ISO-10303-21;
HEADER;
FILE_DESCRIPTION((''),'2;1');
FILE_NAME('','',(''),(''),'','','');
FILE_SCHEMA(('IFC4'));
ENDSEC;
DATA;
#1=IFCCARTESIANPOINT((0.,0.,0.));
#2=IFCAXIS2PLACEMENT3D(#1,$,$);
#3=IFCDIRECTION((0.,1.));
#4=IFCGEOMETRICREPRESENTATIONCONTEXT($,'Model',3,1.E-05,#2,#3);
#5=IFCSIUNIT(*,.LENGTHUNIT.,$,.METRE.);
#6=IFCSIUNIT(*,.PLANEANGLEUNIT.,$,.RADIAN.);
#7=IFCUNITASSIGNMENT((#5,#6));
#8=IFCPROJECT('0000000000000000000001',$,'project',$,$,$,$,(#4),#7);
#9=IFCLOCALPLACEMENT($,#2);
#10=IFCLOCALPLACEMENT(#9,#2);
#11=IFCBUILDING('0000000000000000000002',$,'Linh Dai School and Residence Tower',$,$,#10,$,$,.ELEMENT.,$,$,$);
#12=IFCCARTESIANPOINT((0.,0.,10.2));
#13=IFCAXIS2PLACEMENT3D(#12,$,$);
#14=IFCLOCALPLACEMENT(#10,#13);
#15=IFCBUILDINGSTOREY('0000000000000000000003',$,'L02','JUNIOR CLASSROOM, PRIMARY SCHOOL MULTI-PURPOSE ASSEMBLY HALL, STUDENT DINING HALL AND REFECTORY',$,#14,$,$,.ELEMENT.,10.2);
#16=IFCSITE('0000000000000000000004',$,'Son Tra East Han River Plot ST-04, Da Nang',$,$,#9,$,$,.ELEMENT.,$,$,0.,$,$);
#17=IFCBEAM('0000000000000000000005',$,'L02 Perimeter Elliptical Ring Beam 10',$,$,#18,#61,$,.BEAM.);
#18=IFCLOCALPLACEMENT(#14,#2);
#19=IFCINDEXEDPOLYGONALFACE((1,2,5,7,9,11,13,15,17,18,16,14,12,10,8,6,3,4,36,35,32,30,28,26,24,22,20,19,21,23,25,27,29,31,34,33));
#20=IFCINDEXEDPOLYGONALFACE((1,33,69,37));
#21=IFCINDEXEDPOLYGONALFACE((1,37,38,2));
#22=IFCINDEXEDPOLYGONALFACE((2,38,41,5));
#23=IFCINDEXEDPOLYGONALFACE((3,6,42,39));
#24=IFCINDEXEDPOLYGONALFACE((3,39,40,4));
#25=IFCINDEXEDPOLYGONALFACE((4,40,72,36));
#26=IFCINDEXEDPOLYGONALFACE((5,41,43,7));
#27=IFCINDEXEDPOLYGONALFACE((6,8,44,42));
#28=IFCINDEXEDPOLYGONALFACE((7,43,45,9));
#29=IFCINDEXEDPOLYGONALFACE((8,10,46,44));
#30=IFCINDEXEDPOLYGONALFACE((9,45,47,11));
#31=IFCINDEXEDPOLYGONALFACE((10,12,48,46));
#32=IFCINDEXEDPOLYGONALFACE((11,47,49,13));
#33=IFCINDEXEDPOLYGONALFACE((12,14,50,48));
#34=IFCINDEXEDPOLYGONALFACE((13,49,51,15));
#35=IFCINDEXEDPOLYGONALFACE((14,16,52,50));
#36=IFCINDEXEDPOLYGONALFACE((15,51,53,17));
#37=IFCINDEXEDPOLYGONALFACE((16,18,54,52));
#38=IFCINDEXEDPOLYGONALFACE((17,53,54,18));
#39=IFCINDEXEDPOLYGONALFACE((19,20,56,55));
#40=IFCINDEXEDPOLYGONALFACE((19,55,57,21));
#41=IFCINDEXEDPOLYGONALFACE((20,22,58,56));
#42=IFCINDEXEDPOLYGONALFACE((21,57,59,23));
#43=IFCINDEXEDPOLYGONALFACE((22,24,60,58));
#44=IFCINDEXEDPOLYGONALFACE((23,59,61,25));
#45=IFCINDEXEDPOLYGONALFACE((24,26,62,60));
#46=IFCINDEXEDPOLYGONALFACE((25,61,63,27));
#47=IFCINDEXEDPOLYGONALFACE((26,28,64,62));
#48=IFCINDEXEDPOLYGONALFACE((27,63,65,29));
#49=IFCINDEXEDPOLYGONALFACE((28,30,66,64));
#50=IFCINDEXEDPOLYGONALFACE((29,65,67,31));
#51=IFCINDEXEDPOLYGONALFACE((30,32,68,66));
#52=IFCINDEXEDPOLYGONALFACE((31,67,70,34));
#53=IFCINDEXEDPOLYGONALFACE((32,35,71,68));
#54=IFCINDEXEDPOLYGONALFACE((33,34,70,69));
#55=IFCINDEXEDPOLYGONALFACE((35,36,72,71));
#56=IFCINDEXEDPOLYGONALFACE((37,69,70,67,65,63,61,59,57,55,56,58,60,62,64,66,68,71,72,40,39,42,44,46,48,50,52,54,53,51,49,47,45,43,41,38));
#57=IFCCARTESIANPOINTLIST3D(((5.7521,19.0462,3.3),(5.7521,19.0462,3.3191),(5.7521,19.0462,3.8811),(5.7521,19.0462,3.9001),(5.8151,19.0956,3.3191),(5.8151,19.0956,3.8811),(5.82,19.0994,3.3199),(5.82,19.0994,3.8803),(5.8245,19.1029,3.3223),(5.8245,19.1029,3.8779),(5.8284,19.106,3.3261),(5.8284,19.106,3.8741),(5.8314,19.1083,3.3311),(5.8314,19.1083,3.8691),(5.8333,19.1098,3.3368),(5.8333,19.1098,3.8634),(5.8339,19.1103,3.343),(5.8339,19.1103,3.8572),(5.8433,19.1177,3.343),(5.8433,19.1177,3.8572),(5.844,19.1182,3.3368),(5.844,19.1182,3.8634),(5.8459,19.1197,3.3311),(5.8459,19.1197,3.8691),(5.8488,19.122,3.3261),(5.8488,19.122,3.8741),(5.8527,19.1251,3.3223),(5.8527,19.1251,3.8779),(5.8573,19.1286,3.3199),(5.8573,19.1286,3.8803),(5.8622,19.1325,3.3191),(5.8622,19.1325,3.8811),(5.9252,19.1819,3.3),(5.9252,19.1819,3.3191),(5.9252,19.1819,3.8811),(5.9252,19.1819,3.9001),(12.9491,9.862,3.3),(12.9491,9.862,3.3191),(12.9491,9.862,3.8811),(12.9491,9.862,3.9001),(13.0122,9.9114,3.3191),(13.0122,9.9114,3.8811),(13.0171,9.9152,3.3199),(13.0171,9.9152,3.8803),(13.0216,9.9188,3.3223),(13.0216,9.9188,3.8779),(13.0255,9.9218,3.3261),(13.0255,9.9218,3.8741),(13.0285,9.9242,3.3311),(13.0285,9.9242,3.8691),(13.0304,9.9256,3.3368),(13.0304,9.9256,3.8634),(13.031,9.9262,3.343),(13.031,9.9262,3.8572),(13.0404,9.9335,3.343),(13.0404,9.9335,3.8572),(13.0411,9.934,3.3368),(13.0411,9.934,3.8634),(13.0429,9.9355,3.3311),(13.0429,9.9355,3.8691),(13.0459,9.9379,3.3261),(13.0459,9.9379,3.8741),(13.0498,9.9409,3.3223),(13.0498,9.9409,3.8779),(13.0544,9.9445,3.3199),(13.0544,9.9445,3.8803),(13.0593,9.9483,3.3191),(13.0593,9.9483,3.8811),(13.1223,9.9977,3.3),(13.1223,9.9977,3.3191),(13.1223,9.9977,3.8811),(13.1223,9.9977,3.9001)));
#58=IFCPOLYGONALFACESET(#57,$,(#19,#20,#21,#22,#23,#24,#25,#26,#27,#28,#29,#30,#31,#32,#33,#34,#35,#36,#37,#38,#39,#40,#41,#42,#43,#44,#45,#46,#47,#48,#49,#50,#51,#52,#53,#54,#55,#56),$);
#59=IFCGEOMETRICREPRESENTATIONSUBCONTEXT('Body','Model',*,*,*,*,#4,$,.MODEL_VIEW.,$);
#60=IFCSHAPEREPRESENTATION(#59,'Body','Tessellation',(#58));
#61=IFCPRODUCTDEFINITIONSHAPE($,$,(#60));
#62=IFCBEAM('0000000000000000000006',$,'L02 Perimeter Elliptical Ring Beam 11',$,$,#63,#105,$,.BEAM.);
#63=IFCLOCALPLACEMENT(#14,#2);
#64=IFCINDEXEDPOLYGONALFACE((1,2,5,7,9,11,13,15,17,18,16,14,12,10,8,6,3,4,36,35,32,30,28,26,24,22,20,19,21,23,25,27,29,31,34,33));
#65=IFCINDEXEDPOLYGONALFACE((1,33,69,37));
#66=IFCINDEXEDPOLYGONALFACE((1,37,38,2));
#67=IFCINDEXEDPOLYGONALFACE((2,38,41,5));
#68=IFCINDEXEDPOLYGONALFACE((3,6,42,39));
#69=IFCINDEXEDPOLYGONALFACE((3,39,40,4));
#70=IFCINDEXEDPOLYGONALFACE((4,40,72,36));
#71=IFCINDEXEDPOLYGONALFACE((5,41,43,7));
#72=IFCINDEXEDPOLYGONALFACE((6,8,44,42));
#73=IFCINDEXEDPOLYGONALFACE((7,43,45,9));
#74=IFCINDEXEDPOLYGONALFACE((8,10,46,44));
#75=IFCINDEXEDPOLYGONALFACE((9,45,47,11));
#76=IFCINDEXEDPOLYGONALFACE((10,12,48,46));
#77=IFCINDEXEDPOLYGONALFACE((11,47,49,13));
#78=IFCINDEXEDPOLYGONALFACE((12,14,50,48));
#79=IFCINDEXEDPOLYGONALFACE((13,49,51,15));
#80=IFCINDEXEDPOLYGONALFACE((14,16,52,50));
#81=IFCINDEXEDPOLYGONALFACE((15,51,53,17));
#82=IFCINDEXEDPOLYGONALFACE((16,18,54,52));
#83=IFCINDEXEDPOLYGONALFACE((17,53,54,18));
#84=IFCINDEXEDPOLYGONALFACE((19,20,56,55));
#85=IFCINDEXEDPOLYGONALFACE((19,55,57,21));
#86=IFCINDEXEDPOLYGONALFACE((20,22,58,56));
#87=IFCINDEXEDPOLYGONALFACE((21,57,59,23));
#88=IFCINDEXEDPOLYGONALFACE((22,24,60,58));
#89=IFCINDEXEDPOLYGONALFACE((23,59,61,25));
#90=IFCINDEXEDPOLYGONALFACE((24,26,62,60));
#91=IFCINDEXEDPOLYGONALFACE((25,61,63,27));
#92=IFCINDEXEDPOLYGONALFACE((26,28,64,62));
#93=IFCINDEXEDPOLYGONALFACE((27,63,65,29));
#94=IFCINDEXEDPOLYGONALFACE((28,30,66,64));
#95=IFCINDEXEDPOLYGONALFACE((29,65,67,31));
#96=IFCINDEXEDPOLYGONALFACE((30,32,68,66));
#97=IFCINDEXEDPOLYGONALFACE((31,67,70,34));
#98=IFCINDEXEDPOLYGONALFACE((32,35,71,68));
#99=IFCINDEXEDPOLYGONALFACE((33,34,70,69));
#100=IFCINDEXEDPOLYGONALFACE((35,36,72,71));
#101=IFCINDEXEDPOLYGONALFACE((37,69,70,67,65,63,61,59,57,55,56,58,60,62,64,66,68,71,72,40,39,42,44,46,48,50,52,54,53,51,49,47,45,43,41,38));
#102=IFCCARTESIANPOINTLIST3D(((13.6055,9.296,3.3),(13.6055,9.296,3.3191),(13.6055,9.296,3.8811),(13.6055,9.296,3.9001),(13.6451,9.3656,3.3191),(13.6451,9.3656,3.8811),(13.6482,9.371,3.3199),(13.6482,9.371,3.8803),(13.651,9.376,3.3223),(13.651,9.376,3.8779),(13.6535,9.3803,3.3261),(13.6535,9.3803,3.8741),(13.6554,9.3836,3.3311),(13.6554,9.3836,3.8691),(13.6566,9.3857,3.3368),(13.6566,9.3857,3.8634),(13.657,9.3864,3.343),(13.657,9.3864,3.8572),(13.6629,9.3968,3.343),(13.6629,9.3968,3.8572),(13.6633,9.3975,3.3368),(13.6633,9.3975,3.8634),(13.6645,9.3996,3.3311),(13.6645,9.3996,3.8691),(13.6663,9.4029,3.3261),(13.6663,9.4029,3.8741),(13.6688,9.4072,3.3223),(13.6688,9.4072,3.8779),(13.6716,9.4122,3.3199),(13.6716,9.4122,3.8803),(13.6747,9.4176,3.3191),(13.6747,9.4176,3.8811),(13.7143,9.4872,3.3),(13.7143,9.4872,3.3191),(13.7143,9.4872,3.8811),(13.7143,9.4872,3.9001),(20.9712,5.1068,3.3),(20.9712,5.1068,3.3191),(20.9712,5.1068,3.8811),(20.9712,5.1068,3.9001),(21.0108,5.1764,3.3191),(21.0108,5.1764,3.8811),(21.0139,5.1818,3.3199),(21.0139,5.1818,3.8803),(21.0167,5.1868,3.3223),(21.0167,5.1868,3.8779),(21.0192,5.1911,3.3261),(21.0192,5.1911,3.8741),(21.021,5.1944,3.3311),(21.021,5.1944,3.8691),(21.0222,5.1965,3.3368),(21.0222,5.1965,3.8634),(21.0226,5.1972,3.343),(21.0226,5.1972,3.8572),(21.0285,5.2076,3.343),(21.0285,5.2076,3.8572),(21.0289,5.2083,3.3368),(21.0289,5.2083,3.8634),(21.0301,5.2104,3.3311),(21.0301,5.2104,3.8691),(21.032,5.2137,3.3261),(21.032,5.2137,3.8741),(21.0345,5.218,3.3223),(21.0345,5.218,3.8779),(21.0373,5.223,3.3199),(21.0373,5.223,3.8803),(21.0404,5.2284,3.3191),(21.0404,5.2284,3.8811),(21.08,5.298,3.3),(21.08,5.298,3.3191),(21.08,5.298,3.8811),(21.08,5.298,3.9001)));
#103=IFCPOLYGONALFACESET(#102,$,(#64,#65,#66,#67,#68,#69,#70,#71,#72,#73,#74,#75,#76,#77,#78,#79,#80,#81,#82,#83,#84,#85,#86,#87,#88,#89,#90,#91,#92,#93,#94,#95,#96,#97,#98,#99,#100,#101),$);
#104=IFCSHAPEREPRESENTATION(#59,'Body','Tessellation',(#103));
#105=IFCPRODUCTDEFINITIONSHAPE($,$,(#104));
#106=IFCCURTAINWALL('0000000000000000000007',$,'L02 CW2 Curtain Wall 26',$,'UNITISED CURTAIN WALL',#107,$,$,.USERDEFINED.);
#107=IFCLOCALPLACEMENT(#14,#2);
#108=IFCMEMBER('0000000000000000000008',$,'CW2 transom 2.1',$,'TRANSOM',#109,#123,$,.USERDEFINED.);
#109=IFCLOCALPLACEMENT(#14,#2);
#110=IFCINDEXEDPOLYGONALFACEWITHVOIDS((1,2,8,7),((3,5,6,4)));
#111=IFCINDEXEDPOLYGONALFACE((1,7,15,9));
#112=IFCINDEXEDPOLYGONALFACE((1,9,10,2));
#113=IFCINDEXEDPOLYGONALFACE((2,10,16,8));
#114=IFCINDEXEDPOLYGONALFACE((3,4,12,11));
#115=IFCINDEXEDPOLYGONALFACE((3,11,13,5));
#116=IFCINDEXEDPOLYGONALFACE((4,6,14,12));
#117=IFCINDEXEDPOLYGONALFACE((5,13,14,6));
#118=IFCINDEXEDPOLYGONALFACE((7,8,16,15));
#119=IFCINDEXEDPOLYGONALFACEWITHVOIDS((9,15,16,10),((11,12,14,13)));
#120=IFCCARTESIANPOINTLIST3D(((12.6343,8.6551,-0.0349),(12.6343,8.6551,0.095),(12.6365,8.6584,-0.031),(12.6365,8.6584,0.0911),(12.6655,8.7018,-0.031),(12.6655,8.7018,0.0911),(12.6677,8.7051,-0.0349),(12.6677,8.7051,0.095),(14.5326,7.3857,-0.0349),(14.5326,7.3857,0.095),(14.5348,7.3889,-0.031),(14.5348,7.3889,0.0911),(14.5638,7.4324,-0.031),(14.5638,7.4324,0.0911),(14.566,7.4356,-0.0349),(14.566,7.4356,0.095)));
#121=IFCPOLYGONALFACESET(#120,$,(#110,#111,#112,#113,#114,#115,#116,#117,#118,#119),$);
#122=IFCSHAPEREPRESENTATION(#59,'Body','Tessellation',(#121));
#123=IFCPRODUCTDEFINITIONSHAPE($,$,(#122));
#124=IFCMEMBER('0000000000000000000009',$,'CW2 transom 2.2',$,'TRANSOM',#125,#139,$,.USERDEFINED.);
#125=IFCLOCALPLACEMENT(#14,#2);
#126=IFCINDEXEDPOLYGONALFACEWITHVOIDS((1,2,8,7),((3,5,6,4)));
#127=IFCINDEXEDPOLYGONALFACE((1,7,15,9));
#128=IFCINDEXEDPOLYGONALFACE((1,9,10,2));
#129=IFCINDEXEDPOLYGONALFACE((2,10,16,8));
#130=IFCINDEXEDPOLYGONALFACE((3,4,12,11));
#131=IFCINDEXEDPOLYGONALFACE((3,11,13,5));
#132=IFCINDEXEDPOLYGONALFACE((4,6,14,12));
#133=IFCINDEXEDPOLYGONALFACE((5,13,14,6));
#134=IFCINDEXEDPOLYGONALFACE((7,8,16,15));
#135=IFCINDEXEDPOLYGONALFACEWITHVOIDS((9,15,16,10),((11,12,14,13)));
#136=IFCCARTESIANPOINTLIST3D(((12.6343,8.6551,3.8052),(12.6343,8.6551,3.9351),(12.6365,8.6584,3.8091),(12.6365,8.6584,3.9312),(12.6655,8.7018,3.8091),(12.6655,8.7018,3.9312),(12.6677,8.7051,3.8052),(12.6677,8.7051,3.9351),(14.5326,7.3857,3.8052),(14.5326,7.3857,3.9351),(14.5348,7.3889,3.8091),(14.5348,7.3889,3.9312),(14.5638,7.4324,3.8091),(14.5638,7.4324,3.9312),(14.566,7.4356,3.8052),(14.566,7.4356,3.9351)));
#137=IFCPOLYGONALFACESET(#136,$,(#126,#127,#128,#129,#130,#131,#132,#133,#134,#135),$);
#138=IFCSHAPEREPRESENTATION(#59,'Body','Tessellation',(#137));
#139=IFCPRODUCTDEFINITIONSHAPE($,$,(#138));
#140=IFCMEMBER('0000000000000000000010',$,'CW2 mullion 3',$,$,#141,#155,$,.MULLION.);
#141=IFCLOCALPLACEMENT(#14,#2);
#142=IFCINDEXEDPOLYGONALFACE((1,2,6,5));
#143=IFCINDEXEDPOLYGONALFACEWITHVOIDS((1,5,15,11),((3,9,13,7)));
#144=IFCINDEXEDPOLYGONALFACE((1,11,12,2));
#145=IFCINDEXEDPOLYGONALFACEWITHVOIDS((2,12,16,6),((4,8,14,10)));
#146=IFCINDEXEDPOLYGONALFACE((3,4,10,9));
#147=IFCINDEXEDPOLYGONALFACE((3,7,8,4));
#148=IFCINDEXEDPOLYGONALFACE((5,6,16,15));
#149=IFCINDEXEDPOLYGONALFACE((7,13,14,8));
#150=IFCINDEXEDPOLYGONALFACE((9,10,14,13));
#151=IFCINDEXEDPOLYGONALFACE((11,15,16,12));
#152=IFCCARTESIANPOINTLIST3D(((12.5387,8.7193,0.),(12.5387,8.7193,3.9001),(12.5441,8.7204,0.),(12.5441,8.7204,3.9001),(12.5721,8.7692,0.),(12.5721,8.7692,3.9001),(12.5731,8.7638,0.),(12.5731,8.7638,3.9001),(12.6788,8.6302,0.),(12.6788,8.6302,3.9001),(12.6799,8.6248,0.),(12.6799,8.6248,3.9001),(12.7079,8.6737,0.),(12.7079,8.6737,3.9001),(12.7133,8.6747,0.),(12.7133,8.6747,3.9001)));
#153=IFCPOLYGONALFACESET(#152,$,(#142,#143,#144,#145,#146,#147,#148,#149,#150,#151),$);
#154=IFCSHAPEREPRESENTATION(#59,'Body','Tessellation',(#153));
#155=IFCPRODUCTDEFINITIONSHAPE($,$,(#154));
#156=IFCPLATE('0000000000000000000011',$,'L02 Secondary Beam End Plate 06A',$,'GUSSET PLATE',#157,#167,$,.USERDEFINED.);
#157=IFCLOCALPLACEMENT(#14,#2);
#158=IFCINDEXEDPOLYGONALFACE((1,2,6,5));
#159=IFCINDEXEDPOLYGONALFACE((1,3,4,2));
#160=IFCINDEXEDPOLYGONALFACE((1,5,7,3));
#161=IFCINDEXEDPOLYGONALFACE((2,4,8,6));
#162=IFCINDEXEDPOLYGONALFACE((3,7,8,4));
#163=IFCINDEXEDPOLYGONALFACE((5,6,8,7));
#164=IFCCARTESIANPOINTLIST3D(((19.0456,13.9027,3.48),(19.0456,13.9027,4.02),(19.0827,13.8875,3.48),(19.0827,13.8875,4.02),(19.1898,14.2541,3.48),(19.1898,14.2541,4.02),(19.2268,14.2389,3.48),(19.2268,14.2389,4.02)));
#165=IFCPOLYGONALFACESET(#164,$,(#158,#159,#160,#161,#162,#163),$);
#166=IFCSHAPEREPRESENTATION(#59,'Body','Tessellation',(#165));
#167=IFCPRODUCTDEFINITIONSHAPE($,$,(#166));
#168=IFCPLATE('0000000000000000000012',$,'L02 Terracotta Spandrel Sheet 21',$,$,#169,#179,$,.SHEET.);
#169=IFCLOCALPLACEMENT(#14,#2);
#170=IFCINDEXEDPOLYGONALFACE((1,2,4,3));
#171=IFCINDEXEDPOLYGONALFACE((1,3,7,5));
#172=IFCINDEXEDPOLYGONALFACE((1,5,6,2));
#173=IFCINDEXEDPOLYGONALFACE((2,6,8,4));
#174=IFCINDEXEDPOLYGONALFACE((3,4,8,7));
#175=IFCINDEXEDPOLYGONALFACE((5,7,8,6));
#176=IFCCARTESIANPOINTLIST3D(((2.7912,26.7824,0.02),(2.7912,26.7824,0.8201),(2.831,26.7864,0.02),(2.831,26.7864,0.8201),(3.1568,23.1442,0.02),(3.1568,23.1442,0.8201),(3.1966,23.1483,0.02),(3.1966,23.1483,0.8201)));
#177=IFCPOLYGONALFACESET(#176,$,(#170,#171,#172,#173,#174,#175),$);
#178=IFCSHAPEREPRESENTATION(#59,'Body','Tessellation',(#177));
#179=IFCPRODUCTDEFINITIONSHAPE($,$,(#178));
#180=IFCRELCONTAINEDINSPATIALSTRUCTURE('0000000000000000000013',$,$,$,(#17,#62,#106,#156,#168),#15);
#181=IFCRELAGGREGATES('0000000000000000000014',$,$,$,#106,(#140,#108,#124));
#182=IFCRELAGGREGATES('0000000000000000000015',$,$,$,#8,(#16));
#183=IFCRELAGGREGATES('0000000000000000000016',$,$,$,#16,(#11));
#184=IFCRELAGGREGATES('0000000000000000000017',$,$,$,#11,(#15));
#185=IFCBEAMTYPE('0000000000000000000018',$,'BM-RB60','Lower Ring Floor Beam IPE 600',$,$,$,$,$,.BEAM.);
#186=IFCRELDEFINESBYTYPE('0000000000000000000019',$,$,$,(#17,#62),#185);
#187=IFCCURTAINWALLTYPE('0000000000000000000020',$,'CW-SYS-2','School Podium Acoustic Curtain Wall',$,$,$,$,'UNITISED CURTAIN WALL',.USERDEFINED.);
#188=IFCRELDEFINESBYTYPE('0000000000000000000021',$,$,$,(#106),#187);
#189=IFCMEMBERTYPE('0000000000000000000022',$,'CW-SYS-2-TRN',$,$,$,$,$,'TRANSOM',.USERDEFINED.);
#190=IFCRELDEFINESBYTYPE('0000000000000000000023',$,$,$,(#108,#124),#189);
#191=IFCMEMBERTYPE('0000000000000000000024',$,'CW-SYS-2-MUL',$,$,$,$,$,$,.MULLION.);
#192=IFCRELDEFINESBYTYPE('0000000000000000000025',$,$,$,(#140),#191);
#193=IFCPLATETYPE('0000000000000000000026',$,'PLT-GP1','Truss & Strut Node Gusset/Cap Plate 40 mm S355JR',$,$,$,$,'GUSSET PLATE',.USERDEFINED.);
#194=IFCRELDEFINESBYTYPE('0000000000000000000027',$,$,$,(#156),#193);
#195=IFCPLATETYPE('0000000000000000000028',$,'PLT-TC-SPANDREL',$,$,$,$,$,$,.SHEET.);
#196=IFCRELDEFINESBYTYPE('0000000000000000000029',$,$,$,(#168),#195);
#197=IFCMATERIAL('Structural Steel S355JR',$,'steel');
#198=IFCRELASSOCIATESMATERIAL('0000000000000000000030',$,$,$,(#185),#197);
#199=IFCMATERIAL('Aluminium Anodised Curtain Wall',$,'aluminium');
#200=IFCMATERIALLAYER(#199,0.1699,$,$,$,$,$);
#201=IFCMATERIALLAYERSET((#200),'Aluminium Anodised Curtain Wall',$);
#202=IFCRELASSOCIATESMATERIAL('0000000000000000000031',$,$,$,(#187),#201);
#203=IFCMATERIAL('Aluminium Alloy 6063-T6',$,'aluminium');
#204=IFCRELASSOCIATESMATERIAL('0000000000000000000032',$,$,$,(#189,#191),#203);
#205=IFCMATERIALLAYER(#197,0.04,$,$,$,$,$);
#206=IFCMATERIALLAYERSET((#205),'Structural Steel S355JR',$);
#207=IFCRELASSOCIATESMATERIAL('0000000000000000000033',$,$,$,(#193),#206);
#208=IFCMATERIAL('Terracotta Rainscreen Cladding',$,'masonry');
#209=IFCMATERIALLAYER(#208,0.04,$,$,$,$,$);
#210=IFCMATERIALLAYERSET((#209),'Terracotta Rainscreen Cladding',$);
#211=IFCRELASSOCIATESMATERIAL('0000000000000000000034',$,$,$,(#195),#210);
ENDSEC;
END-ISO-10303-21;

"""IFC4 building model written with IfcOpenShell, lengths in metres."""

from ifc_helpers import new_model, si_unit, direction, frame, origin, origin_2d, place, context, subcontext, project, spatial, rectangle, hollow_rectangle, i_section, extrude, source, transform, mapped, material, layer, layer_set, material_profile, profile_set, type_object, element, aggregate, save


model = new_model("IFC4")

# Units and contexts
model_context = context("Model", 3, precision=1e-05, world=origin(), true_north=direction((0.0, 1.0)))
body_context = subcontext(model_context, "Body", "Model", "MODEL_VIEW")
ifc_project = project(units=[si_unit("LENGTHUNIT", "METRE"), si_unit("PLANEANGLEUNIT", "RADIAN")], contexts=[model_context])

# Site, building, storey
site_placement = place(None, origin())
site = spatial("IfcSite", under=ifc_project, at=site_placement, Name="Son Tra East Han River Plot ST-04, Da Nang", CompositionType="ELEMENT", RefElevation=0.0)
building_placement = place(site_placement, origin())
building = spatial("IfcBuilding", under=site, at=building_placement, Name="Linh Dai School and Residence Tower", CompositionType="ELEMENT")
storey_placement = place(building_placement, frame((0.0, 0.0, 10.2)))
storey = spatial("IfcBuildingStorey", under=building, at=storey_placement, Name="L02", Description="JUNIOR CLASSROOM, PRIMARY SCHOOL MULTI-PURPOSE ASSEMBLY HALL, STUDENT DINING HALL AND REFECTORY", CompositionType="ELEMENT", Elevation=10.2)

# Shared definitions
ifc_material_1 = material(Name="Structural Steel S355JR", Category="steel")

# Beams
ifc_material_profile_1 = material_profile(ifc_material_1, i_section(OverallWidth=0.22, OverallDepth=0.6001, WebThickness=0.012, FlangeThickness=0.019, FilletRadius=0.0239, at=origin_2d()), Name="IPE 600")
ifc_profile_set_1 = profile_set([ifc_material_profile_1], Name="Structural Steel S355JR")
beam_type_1 = type_object("IfcBeamType", Name="BM-RB60", Description="Lower Ring Floor Beam IPE 600", PredefinedType="BEAM", material=ifc_profile_set_1)
beam_1_placement = place(storey_placement, frame((5.8386, 19.114, 3.6001), z_axis=(0.616812, -0.787111, 0.0), x_axis=(0.787111, 0.616812, 0.0)))
element("IfcBeam", 1, at=beam_1_placement, inside=storey, type_object=beam_type_1, Name="L02 Perimeter Elliptical Ring Beam 10", PredefinedType="BEAM", context=body_context, shape_type="SweptSolid", body=[
    extrude(i_section(OverallWidth=0.22, OverallDepth=0.6001, WebThickness=0.012, FlangeThickness=0.019, FilletRadius=0.0239, at=origin_2d()), origin(), (0.0, 0.0, 1.0), 11.6682),
])
beam_2_placement = place(storey_placement, frame((13.6599, 9.3916, 3.6001), z_axis=(0.869247, -0.494379, 0.0), x_axis=(0.494379, 0.869247, 0.0)))
element("IfcBeam", 2, at=beam_2_placement, inside=storey, type_object=beam_type_1, Name="L02 Perimeter Elliptical Ring Beam 11", PredefinedType="BEAM", context=body_context, shape_type="SweptSolid", body=[
    extrude(i_section(OverallWidth=0.22, OverallDepth=0.6001, WebThickness=0.012, FlangeThickness=0.019, FilletRadius=0.0239, at=origin_2d()), origin(), (0.0, 0.0, 1.0), 8.4736),
])

# Curtain wall, members
ifc_material_2 = material(Name="Aluminium Anodised Curtain Wall", Category="aluminium")
ifc_layer_1 = layer(ifc_material_2, 0.1699)
ifc_layer_set_1 = layer_set([ifc_layer_1], Name="Aluminium Anodised Curtain Wall")
curtain_wall_type = type_object("IfcCurtainWallType", Name="CW-SYS-2", Description="School Podium Acoustic Curtain Wall", ElementType="UNITISED CURTAIN WALL", PredefinedType="USERDEFINED", material=ifc_layer_set_1)
curtain_wall_placement = place(storey_placement, origin())
curtain_wall = element("IfcCurtainWall", 3, at=curtain_wall_placement, inside=storey, type_object=curtain_wall_type, Name="L02 CW2 Curtain Wall 26", ObjectType="UNITISED CURTAIN WALL", PredefinedType="USERDEFINED")
ifc_material_3 = material(Name="Aluminium Alloy 6063-T6", Category="aluminium")
ifc_material_profile_2 = material_profile(ifc_material_3, hollow_rectangle(XDim=0.0601, YDim=0.1299, WallThickness=0.0039, at=origin_2d()), Name="RHS 130x60x4")
ifc_profile_set_2 = profile_set([ifc_material_profile_2], Name="Aluminium Alloy 6063-T6")
member_type_1 = type_object("IfcMemberType", Name="CW-SYS-2-TRN", ElementType="TRANSOM", PredefinedType="USERDEFINED", material=ifc_profile_set_2)
shared_shape_1 = source(origin(), body_context, "Body", "SweptSolid", [
    extrude(hollow_rectangle(XDim=0.0601, YDim=0.1299, WallThickness=0.0039, at=origin_2d()), origin(), (0.0, 0.0, 1.0), 2.2837),
])
member_1_placement = place(storey_placement, frame((14.5493, 7.4106, 0.03), z_axis=(-0.83126, 0.555884, 0.0), x_axis=(-0.555884, -0.83126, 0.0)))
member_1 = element("IfcMember", 4, at=member_1_placement, type_object=member_type_1, Name="CW2 transom 2.1", ObjectType="TRANSOM", PredefinedType="USERDEFINED", context=body_context, shape_type="MappedRepresentation", body=[
    mapped(shared_shape_1, transform((0.0, 0.0, 0.0), x_axis=(1.0, 0.0, 0.0), y_axis=(0.0, 1.0, 0.0), z_axis=(0.0, 0.0, 1.0), scale=1.0)),
])
member_2_placement = place(storey_placement, frame((14.5493, 7.4106, 3.8701), z_axis=(-0.83126, 0.555884, 0.0), x_axis=(-0.555884, -0.83126, 0.0)))
member_2 = element("IfcMember", 5, at=member_2_placement, type_object=member_type_1, Name="CW2 transom 2.2", ObjectType="TRANSOM", PredefinedType="USERDEFINED", context=body_context, shape_type="MappedRepresentation", body=[
    mapped(shared_shape_1, transform((0.0, 0.0, 0.0), x_axis=(1.0, 0.0, 0.0), y_axis=(0.0, 1.0, 0.0), z_axis=(0.0, 0.0, 1.0), scale=1.0)),
])
ifc_material_profile_3 = material_profile(ifc_material_3, hollow_rectangle(XDim=0.0601, YDim=0.1699, WallThickness=0.0039, at=origin_2d()), Name="RHS 170x60x4")
ifc_profile_set_3 = profile_set([ifc_material_profile_3], Name="Aluminium Alloy 6063-T6")
member_type_2 = type_object("IfcMemberType", Name="CW-SYS-2-MUL", PredefinedType="MULLION", material=ifc_profile_set_3)
shared_shape_2 = source(origin(), body_context, "Body", "SweptSolid", [
    extrude(hollow_rectangle(XDim=0.0601, YDim=0.1699, WallThickness=0.0039, at=origin_2d()), origin(), (0.0, 0.0, 1.0), 3.9001),
])
member_3_placement = place(storey_placement, frame((12.626, 8.697, 0.0), z_axis=(0.0, 0.0, 1.0), x_axis=(-0.555957, -0.831211, 0.0)))
member_3 = element("IfcMember", 6, at=member_3_placement, type_object=member_type_2, Name="CW2 mullion 3", PredefinedType="MULLION", context=body_context, shape_type="MappedRepresentation", body=[
    mapped(shared_shape_2, transform((0.0, 0.0, 0.0), x_axis=(1.0, 0.0, 0.0), y_axis=(0.0, 1.0, 0.0), z_axis=(0.0, 0.0, 1.0), scale=1.0)),
])

# Plates
ifc_layer_2 = layer(ifc_material_1, 0.04)
ifc_layer_set_2 = layer_set([ifc_layer_2], Name="Structural Steel S355JR")
plate_type_1 = type_object("IfcPlateType", Name="PLT-GP1", Description="Truss & Strut Node Gusset/Cap Plate 40 mm S355JR", ElementType="GUSSET PLATE", PredefinedType="USERDEFINED", material=ifc_layer_set_2)
shared_shape_3 = source(origin(), body_context, "Body", "SweptSolid", [
    extrude(rectangle(XDim=0.04, YDim=0.3799, at=origin_2d()), origin(), (0.0, 0.0, 1.0), 0.54),
])
plate_1_placement = place(storey_placement, frame((19.1362, 14.0708, 3.48), z_axis=(0.0, 0.0, 1.0), x_axis=(0.925232, -0.379401, 0.0)))
element("IfcPlate", 7, at=plate_1_placement, inside=storey, type_object=plate_type_1, Name="L02 Secondary Beam End Plate 06A", ObjectType="GUSSET PLATE", PredefinedType="USERDEFINED", context=body_context, shape_type="MappedRepresentation", body=[
    mapped(shared_shape_3, transform((0.0, 0.0, 0.0), x_axis=(1.0, 0.0, 0.0), y_axis=(0.0, 1.0, 0.0), z_axis=(0.0, 0.0, 1.0), scale=1.0)),
])
ifc_material_4 = material(Name="Terracotta Rainscreen Cladding", Category="masonry")
ifc_layer_3 = layer(ifc_material_4, 0.04)
ifc_layer_set_3 = layer_set([ifc_layer_3], Name="Terracotta Rainscreen Cladding")
plate_type_2 = type_object("IfcPlateType", Name="PLT-TC-SPANDREL", PredefinedType="SHEET", material=ifc_layer_set_3)
shared_shape_4 = source(origin(), body_context, "Body", "SweptSolid", [
    extrude(rectangle(XDim=3.6565, YDim=0.04, at=origin_2d()), origin(), (0.0, 0.0, 1.0), 0.8),
])
plate_2_placement = place(storey_placement, frame((2.9939, 24.9653, 0.02), z_axis=(0.0, 0.0, 1.0), x_axis=(-0.099995, 0.994988, 0.0)))
element("IfcPlate", 8, at=plate_2_placement, inside=storey, type_object=plate_type_2, Name="L02 Terracotta Spandrel Sheet 21", PredefinedType="SHEET", context=body_context, shape_type="MappedRepresentation", body=[
    mapped(shared_shape_4, transform((0.0, 0.0, 0.0), x_axis=(1.0, 0.0, 0.0), y_axis=(0.0, 1.0, 0.0), z_axis=(0.0, 0.0, 1.0), scale=1.0)),
])

aggregate(curtain_wall, [member_3, member_1, member_2])

save(model, "model.ifc")
